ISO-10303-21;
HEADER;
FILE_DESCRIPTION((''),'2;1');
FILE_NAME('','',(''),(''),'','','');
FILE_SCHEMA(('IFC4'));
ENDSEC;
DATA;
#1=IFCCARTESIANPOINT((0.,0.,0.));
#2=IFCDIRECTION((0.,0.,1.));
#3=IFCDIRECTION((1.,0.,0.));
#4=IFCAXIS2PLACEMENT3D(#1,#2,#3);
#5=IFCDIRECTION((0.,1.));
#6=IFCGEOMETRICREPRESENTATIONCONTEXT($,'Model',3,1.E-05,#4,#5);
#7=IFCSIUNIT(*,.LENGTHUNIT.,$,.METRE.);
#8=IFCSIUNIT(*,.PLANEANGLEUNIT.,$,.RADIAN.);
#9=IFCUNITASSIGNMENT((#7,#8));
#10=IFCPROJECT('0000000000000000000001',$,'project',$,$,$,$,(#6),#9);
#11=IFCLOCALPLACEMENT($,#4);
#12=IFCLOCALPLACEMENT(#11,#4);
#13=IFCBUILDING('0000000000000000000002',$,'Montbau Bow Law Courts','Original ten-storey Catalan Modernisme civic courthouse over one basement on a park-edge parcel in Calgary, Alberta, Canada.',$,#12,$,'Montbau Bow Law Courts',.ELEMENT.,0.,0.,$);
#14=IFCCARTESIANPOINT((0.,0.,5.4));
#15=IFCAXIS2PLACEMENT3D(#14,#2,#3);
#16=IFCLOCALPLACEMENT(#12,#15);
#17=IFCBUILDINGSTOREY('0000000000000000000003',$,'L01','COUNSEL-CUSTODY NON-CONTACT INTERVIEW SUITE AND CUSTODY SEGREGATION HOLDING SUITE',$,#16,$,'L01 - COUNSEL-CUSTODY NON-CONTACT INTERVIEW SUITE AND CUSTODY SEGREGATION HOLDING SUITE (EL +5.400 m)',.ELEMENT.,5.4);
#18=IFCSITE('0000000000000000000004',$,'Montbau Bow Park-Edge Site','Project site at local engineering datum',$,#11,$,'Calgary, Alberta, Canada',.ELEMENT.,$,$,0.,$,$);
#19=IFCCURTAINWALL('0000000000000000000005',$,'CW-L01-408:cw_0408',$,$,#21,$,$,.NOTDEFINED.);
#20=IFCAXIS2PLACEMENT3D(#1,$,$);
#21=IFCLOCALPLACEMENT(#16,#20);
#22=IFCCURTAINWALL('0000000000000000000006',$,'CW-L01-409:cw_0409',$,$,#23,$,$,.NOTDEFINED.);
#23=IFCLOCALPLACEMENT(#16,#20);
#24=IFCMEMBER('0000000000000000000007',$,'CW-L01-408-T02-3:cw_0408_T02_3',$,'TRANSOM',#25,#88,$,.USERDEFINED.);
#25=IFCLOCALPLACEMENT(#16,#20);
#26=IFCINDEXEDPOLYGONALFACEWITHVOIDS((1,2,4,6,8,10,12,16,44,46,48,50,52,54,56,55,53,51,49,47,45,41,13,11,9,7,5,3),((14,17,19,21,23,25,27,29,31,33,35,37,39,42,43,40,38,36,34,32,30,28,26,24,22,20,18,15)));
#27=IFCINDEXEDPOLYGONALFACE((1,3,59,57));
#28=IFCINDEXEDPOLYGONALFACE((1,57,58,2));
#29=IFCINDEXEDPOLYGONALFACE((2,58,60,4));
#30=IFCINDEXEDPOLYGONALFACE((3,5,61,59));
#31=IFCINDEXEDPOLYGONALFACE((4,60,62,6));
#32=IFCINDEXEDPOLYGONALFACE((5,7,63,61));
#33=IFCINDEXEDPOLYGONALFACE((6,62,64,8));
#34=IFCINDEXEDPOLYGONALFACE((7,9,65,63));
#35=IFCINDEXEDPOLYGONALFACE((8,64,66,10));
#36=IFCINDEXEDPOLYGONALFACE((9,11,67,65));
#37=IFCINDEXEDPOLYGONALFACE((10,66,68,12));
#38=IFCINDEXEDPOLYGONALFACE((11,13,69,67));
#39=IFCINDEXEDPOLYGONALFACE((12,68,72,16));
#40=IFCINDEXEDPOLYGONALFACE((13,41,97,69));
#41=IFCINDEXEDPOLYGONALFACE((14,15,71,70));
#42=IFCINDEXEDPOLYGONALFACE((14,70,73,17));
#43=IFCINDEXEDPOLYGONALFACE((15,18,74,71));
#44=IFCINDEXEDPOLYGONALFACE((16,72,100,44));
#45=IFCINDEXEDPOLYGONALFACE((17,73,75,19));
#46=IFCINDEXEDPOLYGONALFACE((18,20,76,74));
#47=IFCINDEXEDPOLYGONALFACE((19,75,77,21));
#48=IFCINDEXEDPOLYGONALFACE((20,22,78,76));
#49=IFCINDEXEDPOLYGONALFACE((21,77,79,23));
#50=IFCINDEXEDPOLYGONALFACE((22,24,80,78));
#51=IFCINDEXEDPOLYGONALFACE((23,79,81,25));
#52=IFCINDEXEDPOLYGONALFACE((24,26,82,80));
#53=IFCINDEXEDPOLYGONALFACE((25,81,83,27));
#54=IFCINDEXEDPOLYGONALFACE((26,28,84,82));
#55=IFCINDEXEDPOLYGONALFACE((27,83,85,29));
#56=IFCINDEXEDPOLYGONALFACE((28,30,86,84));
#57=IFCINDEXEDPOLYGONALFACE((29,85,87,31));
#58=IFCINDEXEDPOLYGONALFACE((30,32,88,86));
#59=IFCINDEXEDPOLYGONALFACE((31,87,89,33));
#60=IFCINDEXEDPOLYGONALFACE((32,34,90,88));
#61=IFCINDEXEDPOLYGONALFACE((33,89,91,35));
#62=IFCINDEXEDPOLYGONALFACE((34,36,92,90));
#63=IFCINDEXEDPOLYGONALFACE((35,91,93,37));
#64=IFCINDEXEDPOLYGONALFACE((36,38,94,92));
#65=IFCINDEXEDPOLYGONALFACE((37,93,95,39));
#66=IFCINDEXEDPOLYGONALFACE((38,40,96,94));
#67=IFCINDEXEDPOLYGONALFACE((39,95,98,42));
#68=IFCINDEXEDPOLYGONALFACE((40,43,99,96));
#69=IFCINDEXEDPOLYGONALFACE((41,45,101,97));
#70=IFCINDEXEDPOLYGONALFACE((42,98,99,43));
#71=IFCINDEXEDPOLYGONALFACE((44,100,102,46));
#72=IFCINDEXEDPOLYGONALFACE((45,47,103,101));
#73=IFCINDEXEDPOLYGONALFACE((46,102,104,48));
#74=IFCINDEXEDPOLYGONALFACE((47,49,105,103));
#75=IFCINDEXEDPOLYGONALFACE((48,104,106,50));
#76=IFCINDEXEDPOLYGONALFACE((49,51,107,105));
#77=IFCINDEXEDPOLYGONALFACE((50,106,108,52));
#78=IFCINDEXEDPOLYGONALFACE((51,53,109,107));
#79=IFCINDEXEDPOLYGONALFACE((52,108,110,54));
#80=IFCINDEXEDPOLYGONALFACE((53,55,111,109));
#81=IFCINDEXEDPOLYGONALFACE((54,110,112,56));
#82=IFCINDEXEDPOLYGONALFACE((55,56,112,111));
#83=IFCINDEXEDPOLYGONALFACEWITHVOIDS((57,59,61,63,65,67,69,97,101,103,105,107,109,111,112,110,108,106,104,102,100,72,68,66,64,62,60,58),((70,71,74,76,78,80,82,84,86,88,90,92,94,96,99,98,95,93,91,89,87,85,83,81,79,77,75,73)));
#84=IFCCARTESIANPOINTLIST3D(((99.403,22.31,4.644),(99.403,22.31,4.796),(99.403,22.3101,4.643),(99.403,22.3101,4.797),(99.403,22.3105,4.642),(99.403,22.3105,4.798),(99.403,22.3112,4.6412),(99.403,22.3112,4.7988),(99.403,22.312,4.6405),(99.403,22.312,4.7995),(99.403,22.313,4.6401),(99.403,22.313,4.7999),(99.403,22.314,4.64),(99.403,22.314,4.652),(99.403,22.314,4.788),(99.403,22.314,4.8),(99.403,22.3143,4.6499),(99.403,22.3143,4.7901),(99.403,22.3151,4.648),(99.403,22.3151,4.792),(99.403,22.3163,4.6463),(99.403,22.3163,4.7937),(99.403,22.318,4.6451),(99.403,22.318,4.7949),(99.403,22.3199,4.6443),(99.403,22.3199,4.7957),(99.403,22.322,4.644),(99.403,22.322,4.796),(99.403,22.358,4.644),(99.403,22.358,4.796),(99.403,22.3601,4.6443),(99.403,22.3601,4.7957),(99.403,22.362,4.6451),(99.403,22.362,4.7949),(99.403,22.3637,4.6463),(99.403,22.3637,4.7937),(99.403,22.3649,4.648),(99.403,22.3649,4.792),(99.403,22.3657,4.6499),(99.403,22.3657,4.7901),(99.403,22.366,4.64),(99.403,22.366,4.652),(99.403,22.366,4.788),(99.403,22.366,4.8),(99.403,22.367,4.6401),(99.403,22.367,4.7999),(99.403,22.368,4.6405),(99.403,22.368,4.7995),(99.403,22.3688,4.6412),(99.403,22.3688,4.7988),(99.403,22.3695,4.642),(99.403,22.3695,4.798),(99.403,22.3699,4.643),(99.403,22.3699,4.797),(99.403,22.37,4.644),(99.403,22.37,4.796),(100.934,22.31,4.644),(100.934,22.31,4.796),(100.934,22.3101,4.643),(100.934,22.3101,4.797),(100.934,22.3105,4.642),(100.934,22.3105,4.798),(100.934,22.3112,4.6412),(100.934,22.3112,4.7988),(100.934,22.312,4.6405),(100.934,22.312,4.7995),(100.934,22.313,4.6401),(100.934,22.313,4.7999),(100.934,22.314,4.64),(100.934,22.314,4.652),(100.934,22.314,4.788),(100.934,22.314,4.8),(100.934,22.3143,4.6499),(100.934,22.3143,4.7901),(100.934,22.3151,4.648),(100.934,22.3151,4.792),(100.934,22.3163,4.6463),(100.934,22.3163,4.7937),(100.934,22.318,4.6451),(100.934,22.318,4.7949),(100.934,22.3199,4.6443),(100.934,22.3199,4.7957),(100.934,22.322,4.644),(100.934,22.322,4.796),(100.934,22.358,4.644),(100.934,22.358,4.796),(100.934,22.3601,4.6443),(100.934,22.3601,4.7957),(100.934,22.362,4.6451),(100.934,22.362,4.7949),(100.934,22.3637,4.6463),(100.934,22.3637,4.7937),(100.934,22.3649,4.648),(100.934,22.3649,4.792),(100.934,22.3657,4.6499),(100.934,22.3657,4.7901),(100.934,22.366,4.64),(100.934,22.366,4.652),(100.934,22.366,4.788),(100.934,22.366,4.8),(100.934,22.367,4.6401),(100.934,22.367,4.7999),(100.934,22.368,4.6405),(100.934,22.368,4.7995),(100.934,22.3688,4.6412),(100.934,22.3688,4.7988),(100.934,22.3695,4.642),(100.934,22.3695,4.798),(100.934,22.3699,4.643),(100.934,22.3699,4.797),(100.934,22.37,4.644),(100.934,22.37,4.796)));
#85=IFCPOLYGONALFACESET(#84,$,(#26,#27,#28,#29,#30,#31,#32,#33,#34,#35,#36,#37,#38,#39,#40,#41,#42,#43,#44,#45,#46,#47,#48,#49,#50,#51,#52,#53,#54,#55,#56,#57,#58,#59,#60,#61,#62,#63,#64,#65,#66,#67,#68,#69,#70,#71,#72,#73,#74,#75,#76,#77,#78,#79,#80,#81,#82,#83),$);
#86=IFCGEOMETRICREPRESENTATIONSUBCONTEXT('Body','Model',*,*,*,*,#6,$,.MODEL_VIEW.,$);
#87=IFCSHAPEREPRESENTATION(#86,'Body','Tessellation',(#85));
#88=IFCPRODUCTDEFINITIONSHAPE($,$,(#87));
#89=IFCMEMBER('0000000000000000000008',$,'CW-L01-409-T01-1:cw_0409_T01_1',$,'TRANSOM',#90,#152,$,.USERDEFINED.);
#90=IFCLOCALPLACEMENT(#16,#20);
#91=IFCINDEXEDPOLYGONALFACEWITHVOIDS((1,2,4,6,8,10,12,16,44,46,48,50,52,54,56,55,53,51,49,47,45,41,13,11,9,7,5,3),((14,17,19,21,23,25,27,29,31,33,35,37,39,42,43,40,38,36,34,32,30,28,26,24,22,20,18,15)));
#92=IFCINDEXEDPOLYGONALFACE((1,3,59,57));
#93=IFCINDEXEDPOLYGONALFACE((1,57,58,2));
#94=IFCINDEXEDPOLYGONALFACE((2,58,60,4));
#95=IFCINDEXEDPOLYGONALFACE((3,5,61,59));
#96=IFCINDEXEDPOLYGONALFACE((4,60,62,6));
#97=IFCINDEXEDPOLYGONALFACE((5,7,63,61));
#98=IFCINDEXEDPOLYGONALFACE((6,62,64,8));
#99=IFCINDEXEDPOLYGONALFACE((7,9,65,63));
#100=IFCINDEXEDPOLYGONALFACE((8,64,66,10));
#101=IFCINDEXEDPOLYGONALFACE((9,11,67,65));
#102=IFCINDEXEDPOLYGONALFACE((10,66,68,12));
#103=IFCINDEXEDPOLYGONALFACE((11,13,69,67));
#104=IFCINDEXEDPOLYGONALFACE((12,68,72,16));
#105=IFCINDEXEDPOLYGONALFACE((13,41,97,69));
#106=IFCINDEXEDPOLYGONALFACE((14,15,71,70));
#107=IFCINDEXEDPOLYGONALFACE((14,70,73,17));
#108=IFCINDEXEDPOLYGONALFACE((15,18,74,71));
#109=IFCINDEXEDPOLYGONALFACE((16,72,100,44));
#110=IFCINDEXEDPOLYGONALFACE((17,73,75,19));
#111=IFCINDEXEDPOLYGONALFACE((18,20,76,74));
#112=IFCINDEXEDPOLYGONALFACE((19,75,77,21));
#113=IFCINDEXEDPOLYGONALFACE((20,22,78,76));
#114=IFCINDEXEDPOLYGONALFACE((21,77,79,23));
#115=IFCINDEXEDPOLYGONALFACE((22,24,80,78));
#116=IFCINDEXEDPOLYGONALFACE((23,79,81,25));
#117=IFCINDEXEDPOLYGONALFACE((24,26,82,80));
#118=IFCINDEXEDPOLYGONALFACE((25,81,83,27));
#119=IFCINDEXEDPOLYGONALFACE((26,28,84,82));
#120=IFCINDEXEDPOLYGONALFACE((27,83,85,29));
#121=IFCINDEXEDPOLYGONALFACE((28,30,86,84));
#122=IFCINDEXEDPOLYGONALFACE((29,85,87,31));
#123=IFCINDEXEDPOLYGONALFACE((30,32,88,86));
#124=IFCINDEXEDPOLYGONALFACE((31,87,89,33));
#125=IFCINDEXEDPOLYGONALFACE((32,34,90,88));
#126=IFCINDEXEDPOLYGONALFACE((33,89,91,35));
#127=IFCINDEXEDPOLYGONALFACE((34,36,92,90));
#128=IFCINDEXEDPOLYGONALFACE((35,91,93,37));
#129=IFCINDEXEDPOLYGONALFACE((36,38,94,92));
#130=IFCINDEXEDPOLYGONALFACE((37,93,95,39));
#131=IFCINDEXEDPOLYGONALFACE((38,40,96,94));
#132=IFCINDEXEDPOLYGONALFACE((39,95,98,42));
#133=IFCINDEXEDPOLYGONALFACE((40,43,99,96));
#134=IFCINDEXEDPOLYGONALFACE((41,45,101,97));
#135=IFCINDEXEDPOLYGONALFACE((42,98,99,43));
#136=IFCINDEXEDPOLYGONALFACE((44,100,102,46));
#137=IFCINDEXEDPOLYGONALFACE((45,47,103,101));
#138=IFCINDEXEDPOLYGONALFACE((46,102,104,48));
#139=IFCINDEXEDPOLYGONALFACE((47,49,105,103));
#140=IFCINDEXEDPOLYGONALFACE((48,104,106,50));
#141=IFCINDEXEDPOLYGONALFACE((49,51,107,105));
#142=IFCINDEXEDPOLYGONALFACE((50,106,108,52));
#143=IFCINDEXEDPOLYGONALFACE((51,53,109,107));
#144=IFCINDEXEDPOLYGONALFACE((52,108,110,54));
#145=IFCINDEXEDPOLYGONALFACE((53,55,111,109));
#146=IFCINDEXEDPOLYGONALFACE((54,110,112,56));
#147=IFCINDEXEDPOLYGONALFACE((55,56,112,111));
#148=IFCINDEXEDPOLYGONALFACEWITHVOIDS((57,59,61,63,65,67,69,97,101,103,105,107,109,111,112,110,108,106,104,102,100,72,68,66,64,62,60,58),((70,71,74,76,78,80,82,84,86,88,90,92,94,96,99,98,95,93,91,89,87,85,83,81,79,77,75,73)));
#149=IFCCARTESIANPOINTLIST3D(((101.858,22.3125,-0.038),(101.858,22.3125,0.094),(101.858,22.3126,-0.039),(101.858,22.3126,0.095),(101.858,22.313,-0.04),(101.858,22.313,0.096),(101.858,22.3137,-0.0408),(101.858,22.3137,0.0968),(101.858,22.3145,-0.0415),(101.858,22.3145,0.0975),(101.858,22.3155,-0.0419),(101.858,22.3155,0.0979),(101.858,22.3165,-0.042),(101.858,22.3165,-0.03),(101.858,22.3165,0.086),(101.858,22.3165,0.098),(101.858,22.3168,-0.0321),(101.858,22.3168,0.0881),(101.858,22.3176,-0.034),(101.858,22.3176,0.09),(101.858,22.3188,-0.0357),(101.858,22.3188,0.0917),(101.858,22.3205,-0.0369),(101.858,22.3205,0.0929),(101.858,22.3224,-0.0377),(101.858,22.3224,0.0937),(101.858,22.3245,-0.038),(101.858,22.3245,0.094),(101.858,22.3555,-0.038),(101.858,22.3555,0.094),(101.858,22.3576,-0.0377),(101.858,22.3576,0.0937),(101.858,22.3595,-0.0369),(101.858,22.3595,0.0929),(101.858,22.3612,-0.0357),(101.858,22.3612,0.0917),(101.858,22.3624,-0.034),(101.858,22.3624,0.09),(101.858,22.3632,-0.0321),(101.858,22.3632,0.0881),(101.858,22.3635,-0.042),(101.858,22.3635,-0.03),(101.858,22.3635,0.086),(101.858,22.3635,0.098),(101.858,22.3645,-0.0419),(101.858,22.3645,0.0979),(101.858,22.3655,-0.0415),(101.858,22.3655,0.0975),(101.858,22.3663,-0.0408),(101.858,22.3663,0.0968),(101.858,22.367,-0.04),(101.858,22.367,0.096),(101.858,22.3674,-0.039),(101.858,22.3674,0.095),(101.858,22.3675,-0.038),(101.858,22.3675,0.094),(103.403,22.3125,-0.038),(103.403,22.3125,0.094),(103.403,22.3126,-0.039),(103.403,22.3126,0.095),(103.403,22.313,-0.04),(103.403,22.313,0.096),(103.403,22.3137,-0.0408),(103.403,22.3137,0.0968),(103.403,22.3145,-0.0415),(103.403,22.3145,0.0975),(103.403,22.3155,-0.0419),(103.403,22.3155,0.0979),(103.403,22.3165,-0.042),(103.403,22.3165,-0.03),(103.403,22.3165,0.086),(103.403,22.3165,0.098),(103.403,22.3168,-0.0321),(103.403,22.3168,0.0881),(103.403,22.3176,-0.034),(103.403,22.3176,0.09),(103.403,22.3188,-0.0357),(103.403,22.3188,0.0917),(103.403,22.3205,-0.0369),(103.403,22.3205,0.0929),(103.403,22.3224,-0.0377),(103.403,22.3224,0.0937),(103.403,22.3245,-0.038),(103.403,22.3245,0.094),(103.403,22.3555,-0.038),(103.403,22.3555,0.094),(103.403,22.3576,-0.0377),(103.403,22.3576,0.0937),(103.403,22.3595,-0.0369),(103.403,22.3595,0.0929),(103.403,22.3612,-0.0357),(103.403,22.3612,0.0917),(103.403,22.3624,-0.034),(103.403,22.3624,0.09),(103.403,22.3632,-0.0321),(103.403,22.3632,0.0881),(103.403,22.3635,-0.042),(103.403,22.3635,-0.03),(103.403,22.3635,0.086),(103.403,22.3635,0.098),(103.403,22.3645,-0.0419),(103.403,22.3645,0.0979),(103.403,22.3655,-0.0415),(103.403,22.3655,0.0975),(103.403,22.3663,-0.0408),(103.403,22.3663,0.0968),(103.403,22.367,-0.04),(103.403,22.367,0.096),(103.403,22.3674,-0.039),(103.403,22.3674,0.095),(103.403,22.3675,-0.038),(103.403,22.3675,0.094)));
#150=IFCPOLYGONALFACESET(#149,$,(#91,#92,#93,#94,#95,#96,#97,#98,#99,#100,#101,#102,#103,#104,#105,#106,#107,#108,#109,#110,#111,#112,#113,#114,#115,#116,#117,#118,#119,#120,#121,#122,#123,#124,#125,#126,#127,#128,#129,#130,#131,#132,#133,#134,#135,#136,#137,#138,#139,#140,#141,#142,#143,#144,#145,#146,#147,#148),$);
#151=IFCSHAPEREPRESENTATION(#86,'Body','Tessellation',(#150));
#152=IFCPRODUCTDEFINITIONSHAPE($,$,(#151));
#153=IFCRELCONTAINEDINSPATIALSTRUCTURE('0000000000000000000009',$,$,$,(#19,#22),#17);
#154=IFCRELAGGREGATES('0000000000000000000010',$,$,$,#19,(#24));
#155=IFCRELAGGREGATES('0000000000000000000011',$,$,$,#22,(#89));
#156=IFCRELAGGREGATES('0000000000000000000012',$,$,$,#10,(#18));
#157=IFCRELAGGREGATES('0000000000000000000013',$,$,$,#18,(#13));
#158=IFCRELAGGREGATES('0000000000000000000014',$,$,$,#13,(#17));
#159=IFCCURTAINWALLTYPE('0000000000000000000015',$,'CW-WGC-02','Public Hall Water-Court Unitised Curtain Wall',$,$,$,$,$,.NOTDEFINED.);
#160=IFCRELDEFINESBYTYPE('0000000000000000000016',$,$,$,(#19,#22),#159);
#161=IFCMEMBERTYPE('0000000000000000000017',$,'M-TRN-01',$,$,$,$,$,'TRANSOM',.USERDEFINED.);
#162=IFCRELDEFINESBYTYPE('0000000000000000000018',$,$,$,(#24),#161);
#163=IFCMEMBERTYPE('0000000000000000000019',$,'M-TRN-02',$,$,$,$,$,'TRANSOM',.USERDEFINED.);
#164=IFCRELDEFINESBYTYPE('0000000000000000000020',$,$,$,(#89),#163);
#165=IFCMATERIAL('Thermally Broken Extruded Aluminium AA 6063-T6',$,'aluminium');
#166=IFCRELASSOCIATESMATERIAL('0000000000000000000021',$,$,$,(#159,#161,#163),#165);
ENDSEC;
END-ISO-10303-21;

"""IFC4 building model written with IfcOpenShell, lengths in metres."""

from ifc_helpers import new_model, si_unit, direction, frame, origin_with_axes, origin_2d_with_axis, place, context, subcontext, project, spatial, hollow_rectangle, extrude, material, material_profile, profile_set, type_object, element, aggregate, save


model = new_model("IFC4")

# Units and contexts
model_context = context("Model", 3, precision=1e-05, world=origin_with_axes(), true_north=direction((0.0, 1.0)))
body_context = subcontext(model_context, "Body", "Model", "MODEL_VIEW")
ifc_project = project(units=[si_unit("LENGTHUNIT", "METRE"), si_unit("PLANEANGLEUNIT", "RADIAN")], contexts=[model_context])

# Site, building, storey
site_placement = place(None, origin_with_axes())
site = spatial("IfcSite", under=ifc_project, at=site_placement, Name="Montbau Bow Park-Edge Site", Description="Project site at local engineering datum", LongName="Calgary, Alberta, Canada", CompositionType="ELEMENT", RefElevation=0.0)
building_placement = place(site_placement, origin_with_axes())
building = spatial("IfcBuilding", under=site, at=building_placement, Name="Montbau Bow Law Courts", Description="Original ten-storey Catalan Modernisme civic courthouse over one basement on a park-edge parcel in Calgary, Alberta, Canada.", LongName="Montbau Bow Law Courts", CompositionType="ELEMENT", ElevationOfRefHeight=0.0, ElevationOfTerrain=0.0)
storey_placement = place(building_placement, frame((0.0, 0.0, 5.4), z_axis=(0.0, 0.0, 1.0), x_axis=(1.0, 0.0, 0.0)))
storey = spatial("IfcBuildingStorey", under=building, at=storey_placement, Name="L01", Description="COUNSEL-CUSTODY NON-CONTACT INTERVIEW SUITE AND CUSTODY SEGREGATION HOLDING SUITE", LongName="L01 - COUNSEL-CUSTODY NON-CONTACT INTERVIEW SUITE AND CUSTODY SEGREGATION HOLDING SUITE (EL +5.400 m)", CompositionType="ELEMENT", Elevation=5.4)

# Curtain walls
ifc_material_1 = material(Name="Thermally Broken Extruded Aluminium AA 6063-T6", Category="aluminium")
curtain_wall_type = type_object("IfcCurtainWallType", Name="CW-WGC-02", Description="Public Hall Water-Court Unitised Curtain Wall", PredefinedType="NOTDEFINED", material=ifc_material_1)
curtain_wall_1_placement = place(None, frame((97.715, 22.34, 5.4), z_axis=(0.0, 0.0, 1.0), x_axis=(1.0, 0.0, 0.0)))
curtain_wall_1 = element("IfcCurtainWall", 1, at=curtain_wall_1_placement, inside=storey, type_object=curtain_wall_type, Name="CW-L01-408:cw_0408", PredefinedType="NOTDEFINED")
curtain_wall_2_placement = place(None, frame((101.79, 22.34, 5.4), z_axis=(0.0, 0.0, 1.0), x_axis=(1.0, 0.0, 0.0)))
curtain_wall_2 = element("IfcCurtainWall", 2, at=curtain_wall_2_placement, inside=storey, type_object=curtain_wall_type, Name="CW-L01-409:cw_0409", PredefinedType="NOTDEFINED")

# Members
ifc_material_profile_1 = material_profile(ifc_material_1, hollow_rectangle(XDim=0.06, YDim=0.16, WallThickness=0.004, InnerFilletRadius=0.008, OuterFilletRadius=0.004, at=origin_2d_with_axis()), Name="CWT-160X60", Category="Main", Priority=0)
ifc_profile_set_1 = profile_set([ifc_material_profile_1], Name="Thermally Broken Extruded Aluminium AA 6063-T6")
member_type_1 = type_object("IfcMemberType", Name="M-TRN-01", ElementType="TRANSOM", PredefinedType="USERDEFINED", material=ifc_profile_set_1)
member_1_placement = place(None, frame((99.403, 22.34, 10.12), z_axis=(1.0, 0.0, 0.0), x_axis=(0.0, 1.0, 0.0)))
member_1 = element("IfcMember", 3, at=member_1_placement, type_object=member_type_1, Name="CW-L01-408-T02-3:cw_0408_T02_3", ObjectType="TRANSOM", PredefinedType="USERDEFINED", context=body_context, shape_type="SweptSolid", body=[
    extrude(hollow_rectangle(XDim=0.06, YDim=0.16, WallThickness=0.004, InnerFilletRadius=0.008, OuterFilletRadius=0.004, at=origin_2d_with_axis()), origin_with_axes(), (0.0, 0.0, 1.0), 1.531),
])
ifc_material_profile_2 = material_profile(ifc_material_1, hollow_rectangle(XDim=0.055, YDim=0.14, WallThickness=0.004, InnerFilletRadius=0.008, OuterFilletRadius=0.004, at=origin_2d_with_axis()), Name="CWT-140X55", Category="Main", Priority=0)
ifc_profile_set_2 = profile_set([ifc_material_profile_2], Name="Thermally Broken Extruded Aluminium AA 6063-T6")
member_type_2 = type_object("IfcMemberType", Name="M-TRN-02", ElementType="TRANSOM", PredefinedType="USERDEFINED", material=ifc_profile_set_2)
member_2_placement = place(None, frame((101.858, 22.34, 5.428), z_axis=(1.0, 0.0, 0.0), x_axis=(0.0, 1.0, 0.0)))
member_2 = element("IfcMember", 4, at=member_2_placement, type_object=member_type_2, Name="CW-L01-409-T01-1:cw_0409_T01_1", ObjectType="TRANSOM", PredefinedType="USERDEFINED", context=body_context, shape_type="SweptSolid", body=[
    extrude(hollow_rectangle(XDim=0.055, YDim=0.14, WallThickness=0.004, InnerFilletRadius=0.008, OuterFilletRadius=0.004, at=origin_2d_with_axis()), origin_with_axes(), (0.0, 0.0, 1.0), 1.545),
])

aggregate(curtain_wall_1, [member_1])
aggregate(curtain_wall_2, [member_2])

save(model, "model.ifc")
